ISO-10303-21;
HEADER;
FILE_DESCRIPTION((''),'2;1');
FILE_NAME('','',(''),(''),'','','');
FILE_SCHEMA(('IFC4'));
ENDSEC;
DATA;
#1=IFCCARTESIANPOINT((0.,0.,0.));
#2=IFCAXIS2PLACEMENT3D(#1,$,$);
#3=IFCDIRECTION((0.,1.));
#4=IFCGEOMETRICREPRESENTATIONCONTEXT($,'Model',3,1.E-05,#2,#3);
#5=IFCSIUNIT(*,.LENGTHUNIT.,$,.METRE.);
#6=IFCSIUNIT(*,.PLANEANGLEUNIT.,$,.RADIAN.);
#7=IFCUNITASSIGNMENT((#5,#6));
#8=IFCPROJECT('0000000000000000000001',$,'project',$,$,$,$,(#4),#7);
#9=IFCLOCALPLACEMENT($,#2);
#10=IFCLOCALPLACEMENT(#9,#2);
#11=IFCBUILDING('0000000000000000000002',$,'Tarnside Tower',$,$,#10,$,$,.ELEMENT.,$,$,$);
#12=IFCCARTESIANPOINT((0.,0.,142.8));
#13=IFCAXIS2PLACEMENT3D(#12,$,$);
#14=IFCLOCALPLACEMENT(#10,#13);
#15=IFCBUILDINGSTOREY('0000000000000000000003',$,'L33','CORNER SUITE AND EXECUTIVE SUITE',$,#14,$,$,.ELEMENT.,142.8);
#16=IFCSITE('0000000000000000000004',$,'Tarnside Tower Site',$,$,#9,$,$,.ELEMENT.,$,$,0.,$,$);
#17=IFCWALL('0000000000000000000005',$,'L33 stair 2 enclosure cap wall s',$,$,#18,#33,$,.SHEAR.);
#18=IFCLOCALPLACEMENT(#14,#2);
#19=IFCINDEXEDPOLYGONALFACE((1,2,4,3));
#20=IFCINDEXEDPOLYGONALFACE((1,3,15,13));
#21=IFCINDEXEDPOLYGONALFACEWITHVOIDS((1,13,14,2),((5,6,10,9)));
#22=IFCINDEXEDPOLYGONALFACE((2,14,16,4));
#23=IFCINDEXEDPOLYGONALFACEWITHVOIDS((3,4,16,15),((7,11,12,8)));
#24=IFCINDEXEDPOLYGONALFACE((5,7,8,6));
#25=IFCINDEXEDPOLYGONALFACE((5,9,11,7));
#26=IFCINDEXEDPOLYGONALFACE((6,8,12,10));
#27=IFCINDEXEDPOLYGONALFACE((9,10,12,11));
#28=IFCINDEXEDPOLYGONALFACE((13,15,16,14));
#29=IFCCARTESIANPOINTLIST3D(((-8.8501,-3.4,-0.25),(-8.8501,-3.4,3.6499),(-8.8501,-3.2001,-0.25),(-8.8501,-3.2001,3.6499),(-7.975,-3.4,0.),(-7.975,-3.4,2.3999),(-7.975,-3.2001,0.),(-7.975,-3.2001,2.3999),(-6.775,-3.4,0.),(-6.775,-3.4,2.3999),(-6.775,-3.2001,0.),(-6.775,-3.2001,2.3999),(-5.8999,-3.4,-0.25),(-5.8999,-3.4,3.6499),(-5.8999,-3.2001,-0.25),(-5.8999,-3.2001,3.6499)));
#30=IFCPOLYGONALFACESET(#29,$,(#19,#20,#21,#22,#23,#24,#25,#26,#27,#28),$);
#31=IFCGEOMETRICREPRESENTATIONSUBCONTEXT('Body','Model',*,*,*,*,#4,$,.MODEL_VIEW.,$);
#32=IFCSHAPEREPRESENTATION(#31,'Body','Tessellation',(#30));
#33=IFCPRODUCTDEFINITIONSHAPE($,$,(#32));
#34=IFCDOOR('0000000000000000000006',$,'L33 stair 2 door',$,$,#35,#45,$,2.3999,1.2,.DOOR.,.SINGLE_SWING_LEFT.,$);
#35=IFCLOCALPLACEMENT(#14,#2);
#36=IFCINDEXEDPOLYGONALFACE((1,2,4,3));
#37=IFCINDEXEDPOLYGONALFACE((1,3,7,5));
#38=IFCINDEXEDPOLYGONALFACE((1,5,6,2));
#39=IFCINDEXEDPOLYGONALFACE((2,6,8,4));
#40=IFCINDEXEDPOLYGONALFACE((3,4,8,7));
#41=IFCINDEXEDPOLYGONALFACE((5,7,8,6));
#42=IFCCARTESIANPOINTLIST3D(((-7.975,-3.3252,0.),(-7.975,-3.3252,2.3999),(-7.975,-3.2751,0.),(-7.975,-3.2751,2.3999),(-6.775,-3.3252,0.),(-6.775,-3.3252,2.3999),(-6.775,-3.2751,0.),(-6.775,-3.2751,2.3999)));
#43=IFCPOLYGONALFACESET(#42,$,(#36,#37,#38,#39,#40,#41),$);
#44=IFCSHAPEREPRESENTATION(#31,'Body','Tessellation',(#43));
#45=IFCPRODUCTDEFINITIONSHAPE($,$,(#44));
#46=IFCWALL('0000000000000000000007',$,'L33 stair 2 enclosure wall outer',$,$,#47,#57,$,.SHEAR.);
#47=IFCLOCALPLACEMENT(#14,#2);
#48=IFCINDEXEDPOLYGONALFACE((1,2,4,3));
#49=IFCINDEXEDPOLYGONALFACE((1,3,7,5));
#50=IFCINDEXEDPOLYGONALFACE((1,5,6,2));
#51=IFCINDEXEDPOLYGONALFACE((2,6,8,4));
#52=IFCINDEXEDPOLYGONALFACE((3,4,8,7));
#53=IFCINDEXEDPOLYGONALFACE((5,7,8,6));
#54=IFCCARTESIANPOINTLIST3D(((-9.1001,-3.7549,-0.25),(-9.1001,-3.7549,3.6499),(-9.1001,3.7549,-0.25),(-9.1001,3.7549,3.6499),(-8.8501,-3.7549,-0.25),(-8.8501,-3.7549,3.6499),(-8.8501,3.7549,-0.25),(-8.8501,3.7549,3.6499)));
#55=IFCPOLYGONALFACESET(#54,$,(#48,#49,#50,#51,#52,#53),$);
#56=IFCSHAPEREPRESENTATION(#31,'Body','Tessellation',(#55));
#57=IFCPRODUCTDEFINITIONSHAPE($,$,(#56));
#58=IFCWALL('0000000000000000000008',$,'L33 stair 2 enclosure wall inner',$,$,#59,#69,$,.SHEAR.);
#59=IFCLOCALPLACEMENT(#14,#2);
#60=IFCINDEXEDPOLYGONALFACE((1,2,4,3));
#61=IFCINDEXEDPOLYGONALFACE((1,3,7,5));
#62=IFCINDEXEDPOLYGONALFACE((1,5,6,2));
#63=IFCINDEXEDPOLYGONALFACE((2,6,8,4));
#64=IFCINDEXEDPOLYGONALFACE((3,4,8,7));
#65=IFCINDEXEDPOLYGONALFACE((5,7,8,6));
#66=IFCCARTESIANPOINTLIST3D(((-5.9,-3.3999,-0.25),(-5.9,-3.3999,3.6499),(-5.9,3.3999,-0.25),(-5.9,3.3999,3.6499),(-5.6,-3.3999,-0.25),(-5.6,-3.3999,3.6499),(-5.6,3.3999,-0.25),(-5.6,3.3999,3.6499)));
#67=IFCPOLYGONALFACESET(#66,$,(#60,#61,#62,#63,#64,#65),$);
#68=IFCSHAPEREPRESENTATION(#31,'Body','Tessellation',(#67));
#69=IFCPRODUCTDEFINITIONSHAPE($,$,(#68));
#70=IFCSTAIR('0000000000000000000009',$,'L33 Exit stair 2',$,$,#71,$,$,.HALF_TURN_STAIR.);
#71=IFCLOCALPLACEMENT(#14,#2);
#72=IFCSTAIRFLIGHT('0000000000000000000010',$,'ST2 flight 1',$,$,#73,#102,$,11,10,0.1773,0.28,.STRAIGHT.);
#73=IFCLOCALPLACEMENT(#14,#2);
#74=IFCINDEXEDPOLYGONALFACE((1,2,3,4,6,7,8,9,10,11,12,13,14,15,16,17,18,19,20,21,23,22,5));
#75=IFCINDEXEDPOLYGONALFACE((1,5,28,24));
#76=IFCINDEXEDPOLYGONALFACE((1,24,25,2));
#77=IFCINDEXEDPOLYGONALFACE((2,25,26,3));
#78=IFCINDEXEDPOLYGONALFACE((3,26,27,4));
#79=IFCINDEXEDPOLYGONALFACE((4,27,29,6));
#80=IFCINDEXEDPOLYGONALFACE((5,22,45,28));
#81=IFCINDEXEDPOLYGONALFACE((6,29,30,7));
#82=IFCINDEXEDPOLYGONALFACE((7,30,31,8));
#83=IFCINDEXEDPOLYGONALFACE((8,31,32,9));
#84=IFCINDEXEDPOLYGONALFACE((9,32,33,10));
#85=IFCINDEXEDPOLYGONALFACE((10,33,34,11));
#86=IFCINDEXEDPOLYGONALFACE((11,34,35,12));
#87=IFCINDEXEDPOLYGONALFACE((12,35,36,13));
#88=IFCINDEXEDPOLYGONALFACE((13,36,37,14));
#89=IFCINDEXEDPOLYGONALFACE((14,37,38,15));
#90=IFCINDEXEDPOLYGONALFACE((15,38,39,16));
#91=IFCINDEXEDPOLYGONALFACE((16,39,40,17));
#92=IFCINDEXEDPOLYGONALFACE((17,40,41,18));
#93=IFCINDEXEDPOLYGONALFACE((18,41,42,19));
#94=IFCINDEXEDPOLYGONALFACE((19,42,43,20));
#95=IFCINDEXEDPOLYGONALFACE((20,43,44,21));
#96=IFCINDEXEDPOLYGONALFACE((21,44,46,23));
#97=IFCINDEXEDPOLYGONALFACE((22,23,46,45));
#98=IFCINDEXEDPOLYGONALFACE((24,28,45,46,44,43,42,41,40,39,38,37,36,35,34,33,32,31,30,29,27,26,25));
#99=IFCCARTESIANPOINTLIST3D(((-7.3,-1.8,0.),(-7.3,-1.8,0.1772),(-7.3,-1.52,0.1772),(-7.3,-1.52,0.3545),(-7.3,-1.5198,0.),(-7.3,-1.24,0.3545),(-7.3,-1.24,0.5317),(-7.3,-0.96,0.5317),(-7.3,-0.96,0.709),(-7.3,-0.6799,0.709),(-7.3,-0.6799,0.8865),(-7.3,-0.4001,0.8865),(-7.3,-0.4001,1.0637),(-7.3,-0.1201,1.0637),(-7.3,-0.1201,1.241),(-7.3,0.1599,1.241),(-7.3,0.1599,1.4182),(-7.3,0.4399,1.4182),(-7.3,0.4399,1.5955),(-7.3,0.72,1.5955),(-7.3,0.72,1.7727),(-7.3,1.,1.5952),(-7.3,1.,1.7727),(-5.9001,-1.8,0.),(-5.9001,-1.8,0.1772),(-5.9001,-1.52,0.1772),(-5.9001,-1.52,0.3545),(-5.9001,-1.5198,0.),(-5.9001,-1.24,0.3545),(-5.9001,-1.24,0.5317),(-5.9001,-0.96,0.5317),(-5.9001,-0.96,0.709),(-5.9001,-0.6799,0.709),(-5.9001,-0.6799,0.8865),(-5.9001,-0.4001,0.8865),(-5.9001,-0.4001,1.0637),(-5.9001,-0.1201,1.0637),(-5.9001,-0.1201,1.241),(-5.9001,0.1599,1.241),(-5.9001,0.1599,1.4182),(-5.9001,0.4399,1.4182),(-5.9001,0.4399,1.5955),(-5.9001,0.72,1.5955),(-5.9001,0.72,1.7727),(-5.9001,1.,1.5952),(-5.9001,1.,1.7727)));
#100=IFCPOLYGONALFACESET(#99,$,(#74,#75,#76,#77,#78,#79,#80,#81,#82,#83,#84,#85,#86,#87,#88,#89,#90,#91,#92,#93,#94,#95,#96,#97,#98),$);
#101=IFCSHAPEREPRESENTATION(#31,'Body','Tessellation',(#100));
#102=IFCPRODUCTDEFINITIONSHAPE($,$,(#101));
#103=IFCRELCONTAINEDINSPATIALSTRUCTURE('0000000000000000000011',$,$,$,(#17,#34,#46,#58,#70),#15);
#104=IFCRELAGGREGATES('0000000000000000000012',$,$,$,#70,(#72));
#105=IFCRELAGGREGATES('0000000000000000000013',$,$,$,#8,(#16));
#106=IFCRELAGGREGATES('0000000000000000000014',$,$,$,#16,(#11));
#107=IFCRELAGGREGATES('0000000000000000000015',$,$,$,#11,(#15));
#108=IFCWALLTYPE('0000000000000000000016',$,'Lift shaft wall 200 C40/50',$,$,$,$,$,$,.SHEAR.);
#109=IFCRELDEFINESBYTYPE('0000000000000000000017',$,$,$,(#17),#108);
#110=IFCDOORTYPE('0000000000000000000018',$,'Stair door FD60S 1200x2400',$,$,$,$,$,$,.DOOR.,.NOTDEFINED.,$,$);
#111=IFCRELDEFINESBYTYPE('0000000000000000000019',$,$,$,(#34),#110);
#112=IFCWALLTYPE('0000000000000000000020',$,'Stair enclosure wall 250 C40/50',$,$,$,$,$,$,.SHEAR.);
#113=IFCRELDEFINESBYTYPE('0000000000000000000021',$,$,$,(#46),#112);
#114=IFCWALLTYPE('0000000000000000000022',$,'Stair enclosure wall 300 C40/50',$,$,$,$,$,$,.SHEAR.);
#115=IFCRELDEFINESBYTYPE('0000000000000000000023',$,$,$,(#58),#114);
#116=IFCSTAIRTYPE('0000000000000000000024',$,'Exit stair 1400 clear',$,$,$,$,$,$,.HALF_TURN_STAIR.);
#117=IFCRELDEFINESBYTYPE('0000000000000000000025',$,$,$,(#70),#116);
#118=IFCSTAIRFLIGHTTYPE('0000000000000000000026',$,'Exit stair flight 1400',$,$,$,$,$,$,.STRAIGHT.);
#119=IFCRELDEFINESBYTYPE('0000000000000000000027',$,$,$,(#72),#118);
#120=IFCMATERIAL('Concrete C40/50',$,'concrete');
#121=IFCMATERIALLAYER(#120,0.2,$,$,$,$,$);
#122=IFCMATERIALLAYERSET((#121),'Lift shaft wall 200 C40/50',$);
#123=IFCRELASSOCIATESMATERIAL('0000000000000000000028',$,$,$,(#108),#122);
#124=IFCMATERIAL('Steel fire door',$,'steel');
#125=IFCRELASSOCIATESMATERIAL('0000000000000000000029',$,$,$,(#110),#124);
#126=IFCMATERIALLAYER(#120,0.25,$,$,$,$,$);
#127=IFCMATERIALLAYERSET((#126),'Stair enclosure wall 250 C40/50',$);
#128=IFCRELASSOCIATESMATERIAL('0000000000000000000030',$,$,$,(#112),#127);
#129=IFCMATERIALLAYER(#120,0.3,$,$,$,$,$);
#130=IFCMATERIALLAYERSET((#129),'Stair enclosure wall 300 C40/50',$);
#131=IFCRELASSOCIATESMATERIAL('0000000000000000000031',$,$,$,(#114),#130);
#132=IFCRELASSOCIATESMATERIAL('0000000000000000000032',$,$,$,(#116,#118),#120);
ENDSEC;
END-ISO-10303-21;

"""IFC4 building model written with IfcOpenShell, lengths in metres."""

from ifc_helpers import new_model, si_unit, direction, frame, frame_2d, origin, place, context, subcontext, project, spatial, polyline, rectangle, outline, extrude, material, layer, layer_set, type_object, element, fill, aggregate, save


model = new_model("IFC4")

# Units and contexts
model_context = context("Model", 3, precision=1e-05, world=origin(), true_north=direction((0.0, 1.0)))
body_context = subcontext(model_context, "Body", "Model", "MODEL_VIEW")
ifc_project = project(units=[si_unit("LENGTHUNIT", "METRE"), si_unit("PLANEANGLEUNIT", "RADIAN")], contexts=[model_context])

# Site, building, storey
site_placement = place(None, origin())
site = spatial("IfcSite", under=ifc_project, at=site_placement, Name="Tarnside Tower Site", CompositionType="ELEMENT", RefElevation=0.0)
building_placement = place(site_placement, origin())
building = spatial("IfcBuilding", under=site, at=building_placement, Name="Tarnside Tower", CompositionType="ELEMENT")
storey_placement = place(building_placement, frame((0.0, 0.0, 142.8)))
storey = spatial("IfcBuildingStorey", under=building, at=storey_placement, Name="L33", Description="CORNER SUITE AND EXECUTIVE SUITE", CompositionType="ELEMENT", Elevation=142.8)

# Shared definitions
ifc_material_1 = material(Name="Steel fire door", Category="steel")

# Shared definitions
ifc_material_2 = material(Name="Concrete C40/50", Category="concrete")
ifc_layer_1 = layer(ifc_material_2, 0.2)
ifc_layer_set_1 = layer_set([ifc_layer_1], Name="Lift shaft wall 200 C40/50")
wall_type_1 = type_object("IfcWallType", Name="Lift shaft wall 200 C40/50", PredefinedType="SHEAR", material=ifc_layer_set_1)

# Wall, opening, door
wall_1_placement = place(storey_placement, frame((-8.8501, -3.3, -0.25), z_axis=(0.0, 0.0, 1.0), x_axis=(1.0, 0.0, 0.0)))
wall_1 = element("IfcWall", 1, at=wall_1_placement, inside=storey, type_object=wall_type_1, Name="L33 stair 2 enclosure cap wall s", PredefinedType="SHEAR", context=body_context, shape_type="SweptSolid", body=[
    extrude(rectangle(XDim=2.9502, YDim=0.2, at=frame_2d((1.4751, 0.0))), origin(), (0.0, 0.0, 1.0), 3.8999),
])
opening_1_placement = place(wall_1_placement, frame((0.875, 0.0, 0.25)))
opening_1 = element("IfcOpeningElement", 2, at=opening_1_placement, cuts=wall_1, PredefinedType="OPENING", context=body_context, shape_type="SweptSolid", body=[
    extrude(rectangle(XDim=1.2, YDim=2.3999, at=frame_2d((0.6001, 1.2))), frame((0.0, 0.1099, 0.0), z_axis=(0.0, -1.0, 0.0), x_axis=(1.0, 0.0, 0.0)), (0.0, 0.0, 1.0), 0.22),
])
door_type_1 = type_object("IfcDoorType", Name="Stair door FD60S 1200x2400", OperationType="NOTDEFINED", PredefinedType="DOOR", material=ifc_material_1)
door_1_placement = place(opening_1_placement, origin())
door_1 = element("IfcDoor", 3, at=door_1_placement, inside=storey, type_object=door_type_1, Name="L33 stair 2 door", OperationType="SINGLE_SWING_LEFT", OverallHeight=2.3999, OverallWidth=1.2, PredefinedType="DOOR", context=body_context, shape_type="SweptSolid", body=[
    extrude(rectangle(XDim=1.2, YDim=2.3999, at=frame_2d((0.6001, 1.2))), frame((0.0, 0.0249, 0.0), z_axis=(0.0, -1.0, 0.0), x_axis=(1.0, 0.0, 0.0)), (0.0, 0.0, 1.0), 0.05),
])
fill(opening_1, door_1)

# Walls
ifc_layer_2 = layer(ifc_material_2, 0.25)
ifc_layer_set_2 = layer_set([ifc_layer_2], Name="Stair enclosure wall 250 C40/50")
wall_type_2 = type_object("IfcWallType", Name="Stair enclosure wall 250 C40/50", PredefinedType="SHEAR", material=ifc_layer_set_2)
wall_2_placement = place(storey_placement, frame((-8.9751, -3.7549, -0.25), z_axis=(0.0, 0.0, 1.0), x_axis=(0.0, 1.0, 0.0)))
element("IfcWall", 4, at=wall_2_placement, inside=storey, type_object=wall_type_2, Name="L33 stair 2 enclosure wall outer", PredefinedType="SHEAR", context=body_context, shape_type="SweptSolid", body=[
    extrude(rectangle(XDim=7.5098, YDim=0.25, at=frame_2d((3.7549, 0.0))), origin(), (0.0, 0.0, 1.0), 3.8999),
])
ifc_layer_3 = layer(ifc_material_2, 0.3)
ifc_layer_set_3 = layer_set([ifc_layer_3], Name="Stair enclosure wall 300 C40/50")
wall_type_3 = type_object("IfcWallType", Name="Stair enclosure wall 300 C40/50", PredefinedType="SHEAR", material=ifc_layer_set_3)
wall_3_placement = place(storey_placement, frame((-5.75, -3.3999, -0.25), z_axis=(0.0, 0.0, 1.0), x_axis=(0.0, 1.0, 0.0)))
element("IfcWall", 5, at=wall_3_placement, inside=storey, type_object=wall_type_3, Name="L33 stair 2 enclosure wall inner", PredefinedType="SHEAR", context=body_context, shape_type="SweptSolid", body=[
    extrude(rectangle(XDim=6.7998, YDim=0.3, at=frame_2d((3.3999, 0.0))), origin(), (0.0, 0.0, 1.0), 3.8999),
])

# Stair, stair flight
stair_type = type_object("IfcStairType", Name="Exit stair 1400 clear", PredefinedType="HALF_TURN_STAIR", material=ifc_material_2)
stair_placement = place(storey_placement, origin())
stair = element("IfcStair", 6, at=stair_placement, inside=storey, type_object=stair_type, Name="L33 Exit stair 2", PredefinedType="HALF_TURN_STAIR")
stair_flight_type = type_object("IfcStairFlightType", Name="Exit stair flight 1400", PredefinedType="STRAIGHT", material=ifc_material_2)
stair_flight_placement = place(storey_placement, frame((-6.6001, -1.8, 0.0), z_axis=(0.0, 0.0, 1.0), x_axis=(0.0, 1.0, 0.0)))
stair_flight = element("IfcStairFlight", 7, at=stair_flight_placement, type_object=stair_flight_type, Name="ST2 flight 1", NumberOfRisers=11, NumberOfTreads=10, PredefinedType="STRAIGHT", RiserHeight=0.1773, TreadLength=0.28, context=body_context, shape_type="SweptSolid", body=[
    extrude(outline(polyline([(0.0, 0.0), (0.0, 0.1772), (0.28, 0.1772), (0.28, 0.3545), (0.5601, 0.3545), (0.5601, 0.5317), (0.8401, 0.5317), (0.8401, 0.709), (1.1201, 0.709), (1.1201, 0.8865), (1.3999, 0.8865), (1.3999, 1.0637), (1.6799, 1.0637), (1.6799, 1.241), (1.96, 1.241), (1.96, 1.4182), (2.24, 1.4182), (2.24, 1.5955), (2.52, 1.5955), (2.52, 1.7727), (2.8, 1.7727), (2.8, 1.95), (2.8, 1.5952), (0.2803, 0.0), (0.0, 0.0)])), frame((0.0, 0.7, 0.0), z_axis=(0.0, -1.0, 0.0), x_axis=(1.0, 0.0, 0.0)), (0.0, 0.0, 1.0), 1.3999),
])
aggregate(stair, [stair_flight])

save(model, "model.ifc")
